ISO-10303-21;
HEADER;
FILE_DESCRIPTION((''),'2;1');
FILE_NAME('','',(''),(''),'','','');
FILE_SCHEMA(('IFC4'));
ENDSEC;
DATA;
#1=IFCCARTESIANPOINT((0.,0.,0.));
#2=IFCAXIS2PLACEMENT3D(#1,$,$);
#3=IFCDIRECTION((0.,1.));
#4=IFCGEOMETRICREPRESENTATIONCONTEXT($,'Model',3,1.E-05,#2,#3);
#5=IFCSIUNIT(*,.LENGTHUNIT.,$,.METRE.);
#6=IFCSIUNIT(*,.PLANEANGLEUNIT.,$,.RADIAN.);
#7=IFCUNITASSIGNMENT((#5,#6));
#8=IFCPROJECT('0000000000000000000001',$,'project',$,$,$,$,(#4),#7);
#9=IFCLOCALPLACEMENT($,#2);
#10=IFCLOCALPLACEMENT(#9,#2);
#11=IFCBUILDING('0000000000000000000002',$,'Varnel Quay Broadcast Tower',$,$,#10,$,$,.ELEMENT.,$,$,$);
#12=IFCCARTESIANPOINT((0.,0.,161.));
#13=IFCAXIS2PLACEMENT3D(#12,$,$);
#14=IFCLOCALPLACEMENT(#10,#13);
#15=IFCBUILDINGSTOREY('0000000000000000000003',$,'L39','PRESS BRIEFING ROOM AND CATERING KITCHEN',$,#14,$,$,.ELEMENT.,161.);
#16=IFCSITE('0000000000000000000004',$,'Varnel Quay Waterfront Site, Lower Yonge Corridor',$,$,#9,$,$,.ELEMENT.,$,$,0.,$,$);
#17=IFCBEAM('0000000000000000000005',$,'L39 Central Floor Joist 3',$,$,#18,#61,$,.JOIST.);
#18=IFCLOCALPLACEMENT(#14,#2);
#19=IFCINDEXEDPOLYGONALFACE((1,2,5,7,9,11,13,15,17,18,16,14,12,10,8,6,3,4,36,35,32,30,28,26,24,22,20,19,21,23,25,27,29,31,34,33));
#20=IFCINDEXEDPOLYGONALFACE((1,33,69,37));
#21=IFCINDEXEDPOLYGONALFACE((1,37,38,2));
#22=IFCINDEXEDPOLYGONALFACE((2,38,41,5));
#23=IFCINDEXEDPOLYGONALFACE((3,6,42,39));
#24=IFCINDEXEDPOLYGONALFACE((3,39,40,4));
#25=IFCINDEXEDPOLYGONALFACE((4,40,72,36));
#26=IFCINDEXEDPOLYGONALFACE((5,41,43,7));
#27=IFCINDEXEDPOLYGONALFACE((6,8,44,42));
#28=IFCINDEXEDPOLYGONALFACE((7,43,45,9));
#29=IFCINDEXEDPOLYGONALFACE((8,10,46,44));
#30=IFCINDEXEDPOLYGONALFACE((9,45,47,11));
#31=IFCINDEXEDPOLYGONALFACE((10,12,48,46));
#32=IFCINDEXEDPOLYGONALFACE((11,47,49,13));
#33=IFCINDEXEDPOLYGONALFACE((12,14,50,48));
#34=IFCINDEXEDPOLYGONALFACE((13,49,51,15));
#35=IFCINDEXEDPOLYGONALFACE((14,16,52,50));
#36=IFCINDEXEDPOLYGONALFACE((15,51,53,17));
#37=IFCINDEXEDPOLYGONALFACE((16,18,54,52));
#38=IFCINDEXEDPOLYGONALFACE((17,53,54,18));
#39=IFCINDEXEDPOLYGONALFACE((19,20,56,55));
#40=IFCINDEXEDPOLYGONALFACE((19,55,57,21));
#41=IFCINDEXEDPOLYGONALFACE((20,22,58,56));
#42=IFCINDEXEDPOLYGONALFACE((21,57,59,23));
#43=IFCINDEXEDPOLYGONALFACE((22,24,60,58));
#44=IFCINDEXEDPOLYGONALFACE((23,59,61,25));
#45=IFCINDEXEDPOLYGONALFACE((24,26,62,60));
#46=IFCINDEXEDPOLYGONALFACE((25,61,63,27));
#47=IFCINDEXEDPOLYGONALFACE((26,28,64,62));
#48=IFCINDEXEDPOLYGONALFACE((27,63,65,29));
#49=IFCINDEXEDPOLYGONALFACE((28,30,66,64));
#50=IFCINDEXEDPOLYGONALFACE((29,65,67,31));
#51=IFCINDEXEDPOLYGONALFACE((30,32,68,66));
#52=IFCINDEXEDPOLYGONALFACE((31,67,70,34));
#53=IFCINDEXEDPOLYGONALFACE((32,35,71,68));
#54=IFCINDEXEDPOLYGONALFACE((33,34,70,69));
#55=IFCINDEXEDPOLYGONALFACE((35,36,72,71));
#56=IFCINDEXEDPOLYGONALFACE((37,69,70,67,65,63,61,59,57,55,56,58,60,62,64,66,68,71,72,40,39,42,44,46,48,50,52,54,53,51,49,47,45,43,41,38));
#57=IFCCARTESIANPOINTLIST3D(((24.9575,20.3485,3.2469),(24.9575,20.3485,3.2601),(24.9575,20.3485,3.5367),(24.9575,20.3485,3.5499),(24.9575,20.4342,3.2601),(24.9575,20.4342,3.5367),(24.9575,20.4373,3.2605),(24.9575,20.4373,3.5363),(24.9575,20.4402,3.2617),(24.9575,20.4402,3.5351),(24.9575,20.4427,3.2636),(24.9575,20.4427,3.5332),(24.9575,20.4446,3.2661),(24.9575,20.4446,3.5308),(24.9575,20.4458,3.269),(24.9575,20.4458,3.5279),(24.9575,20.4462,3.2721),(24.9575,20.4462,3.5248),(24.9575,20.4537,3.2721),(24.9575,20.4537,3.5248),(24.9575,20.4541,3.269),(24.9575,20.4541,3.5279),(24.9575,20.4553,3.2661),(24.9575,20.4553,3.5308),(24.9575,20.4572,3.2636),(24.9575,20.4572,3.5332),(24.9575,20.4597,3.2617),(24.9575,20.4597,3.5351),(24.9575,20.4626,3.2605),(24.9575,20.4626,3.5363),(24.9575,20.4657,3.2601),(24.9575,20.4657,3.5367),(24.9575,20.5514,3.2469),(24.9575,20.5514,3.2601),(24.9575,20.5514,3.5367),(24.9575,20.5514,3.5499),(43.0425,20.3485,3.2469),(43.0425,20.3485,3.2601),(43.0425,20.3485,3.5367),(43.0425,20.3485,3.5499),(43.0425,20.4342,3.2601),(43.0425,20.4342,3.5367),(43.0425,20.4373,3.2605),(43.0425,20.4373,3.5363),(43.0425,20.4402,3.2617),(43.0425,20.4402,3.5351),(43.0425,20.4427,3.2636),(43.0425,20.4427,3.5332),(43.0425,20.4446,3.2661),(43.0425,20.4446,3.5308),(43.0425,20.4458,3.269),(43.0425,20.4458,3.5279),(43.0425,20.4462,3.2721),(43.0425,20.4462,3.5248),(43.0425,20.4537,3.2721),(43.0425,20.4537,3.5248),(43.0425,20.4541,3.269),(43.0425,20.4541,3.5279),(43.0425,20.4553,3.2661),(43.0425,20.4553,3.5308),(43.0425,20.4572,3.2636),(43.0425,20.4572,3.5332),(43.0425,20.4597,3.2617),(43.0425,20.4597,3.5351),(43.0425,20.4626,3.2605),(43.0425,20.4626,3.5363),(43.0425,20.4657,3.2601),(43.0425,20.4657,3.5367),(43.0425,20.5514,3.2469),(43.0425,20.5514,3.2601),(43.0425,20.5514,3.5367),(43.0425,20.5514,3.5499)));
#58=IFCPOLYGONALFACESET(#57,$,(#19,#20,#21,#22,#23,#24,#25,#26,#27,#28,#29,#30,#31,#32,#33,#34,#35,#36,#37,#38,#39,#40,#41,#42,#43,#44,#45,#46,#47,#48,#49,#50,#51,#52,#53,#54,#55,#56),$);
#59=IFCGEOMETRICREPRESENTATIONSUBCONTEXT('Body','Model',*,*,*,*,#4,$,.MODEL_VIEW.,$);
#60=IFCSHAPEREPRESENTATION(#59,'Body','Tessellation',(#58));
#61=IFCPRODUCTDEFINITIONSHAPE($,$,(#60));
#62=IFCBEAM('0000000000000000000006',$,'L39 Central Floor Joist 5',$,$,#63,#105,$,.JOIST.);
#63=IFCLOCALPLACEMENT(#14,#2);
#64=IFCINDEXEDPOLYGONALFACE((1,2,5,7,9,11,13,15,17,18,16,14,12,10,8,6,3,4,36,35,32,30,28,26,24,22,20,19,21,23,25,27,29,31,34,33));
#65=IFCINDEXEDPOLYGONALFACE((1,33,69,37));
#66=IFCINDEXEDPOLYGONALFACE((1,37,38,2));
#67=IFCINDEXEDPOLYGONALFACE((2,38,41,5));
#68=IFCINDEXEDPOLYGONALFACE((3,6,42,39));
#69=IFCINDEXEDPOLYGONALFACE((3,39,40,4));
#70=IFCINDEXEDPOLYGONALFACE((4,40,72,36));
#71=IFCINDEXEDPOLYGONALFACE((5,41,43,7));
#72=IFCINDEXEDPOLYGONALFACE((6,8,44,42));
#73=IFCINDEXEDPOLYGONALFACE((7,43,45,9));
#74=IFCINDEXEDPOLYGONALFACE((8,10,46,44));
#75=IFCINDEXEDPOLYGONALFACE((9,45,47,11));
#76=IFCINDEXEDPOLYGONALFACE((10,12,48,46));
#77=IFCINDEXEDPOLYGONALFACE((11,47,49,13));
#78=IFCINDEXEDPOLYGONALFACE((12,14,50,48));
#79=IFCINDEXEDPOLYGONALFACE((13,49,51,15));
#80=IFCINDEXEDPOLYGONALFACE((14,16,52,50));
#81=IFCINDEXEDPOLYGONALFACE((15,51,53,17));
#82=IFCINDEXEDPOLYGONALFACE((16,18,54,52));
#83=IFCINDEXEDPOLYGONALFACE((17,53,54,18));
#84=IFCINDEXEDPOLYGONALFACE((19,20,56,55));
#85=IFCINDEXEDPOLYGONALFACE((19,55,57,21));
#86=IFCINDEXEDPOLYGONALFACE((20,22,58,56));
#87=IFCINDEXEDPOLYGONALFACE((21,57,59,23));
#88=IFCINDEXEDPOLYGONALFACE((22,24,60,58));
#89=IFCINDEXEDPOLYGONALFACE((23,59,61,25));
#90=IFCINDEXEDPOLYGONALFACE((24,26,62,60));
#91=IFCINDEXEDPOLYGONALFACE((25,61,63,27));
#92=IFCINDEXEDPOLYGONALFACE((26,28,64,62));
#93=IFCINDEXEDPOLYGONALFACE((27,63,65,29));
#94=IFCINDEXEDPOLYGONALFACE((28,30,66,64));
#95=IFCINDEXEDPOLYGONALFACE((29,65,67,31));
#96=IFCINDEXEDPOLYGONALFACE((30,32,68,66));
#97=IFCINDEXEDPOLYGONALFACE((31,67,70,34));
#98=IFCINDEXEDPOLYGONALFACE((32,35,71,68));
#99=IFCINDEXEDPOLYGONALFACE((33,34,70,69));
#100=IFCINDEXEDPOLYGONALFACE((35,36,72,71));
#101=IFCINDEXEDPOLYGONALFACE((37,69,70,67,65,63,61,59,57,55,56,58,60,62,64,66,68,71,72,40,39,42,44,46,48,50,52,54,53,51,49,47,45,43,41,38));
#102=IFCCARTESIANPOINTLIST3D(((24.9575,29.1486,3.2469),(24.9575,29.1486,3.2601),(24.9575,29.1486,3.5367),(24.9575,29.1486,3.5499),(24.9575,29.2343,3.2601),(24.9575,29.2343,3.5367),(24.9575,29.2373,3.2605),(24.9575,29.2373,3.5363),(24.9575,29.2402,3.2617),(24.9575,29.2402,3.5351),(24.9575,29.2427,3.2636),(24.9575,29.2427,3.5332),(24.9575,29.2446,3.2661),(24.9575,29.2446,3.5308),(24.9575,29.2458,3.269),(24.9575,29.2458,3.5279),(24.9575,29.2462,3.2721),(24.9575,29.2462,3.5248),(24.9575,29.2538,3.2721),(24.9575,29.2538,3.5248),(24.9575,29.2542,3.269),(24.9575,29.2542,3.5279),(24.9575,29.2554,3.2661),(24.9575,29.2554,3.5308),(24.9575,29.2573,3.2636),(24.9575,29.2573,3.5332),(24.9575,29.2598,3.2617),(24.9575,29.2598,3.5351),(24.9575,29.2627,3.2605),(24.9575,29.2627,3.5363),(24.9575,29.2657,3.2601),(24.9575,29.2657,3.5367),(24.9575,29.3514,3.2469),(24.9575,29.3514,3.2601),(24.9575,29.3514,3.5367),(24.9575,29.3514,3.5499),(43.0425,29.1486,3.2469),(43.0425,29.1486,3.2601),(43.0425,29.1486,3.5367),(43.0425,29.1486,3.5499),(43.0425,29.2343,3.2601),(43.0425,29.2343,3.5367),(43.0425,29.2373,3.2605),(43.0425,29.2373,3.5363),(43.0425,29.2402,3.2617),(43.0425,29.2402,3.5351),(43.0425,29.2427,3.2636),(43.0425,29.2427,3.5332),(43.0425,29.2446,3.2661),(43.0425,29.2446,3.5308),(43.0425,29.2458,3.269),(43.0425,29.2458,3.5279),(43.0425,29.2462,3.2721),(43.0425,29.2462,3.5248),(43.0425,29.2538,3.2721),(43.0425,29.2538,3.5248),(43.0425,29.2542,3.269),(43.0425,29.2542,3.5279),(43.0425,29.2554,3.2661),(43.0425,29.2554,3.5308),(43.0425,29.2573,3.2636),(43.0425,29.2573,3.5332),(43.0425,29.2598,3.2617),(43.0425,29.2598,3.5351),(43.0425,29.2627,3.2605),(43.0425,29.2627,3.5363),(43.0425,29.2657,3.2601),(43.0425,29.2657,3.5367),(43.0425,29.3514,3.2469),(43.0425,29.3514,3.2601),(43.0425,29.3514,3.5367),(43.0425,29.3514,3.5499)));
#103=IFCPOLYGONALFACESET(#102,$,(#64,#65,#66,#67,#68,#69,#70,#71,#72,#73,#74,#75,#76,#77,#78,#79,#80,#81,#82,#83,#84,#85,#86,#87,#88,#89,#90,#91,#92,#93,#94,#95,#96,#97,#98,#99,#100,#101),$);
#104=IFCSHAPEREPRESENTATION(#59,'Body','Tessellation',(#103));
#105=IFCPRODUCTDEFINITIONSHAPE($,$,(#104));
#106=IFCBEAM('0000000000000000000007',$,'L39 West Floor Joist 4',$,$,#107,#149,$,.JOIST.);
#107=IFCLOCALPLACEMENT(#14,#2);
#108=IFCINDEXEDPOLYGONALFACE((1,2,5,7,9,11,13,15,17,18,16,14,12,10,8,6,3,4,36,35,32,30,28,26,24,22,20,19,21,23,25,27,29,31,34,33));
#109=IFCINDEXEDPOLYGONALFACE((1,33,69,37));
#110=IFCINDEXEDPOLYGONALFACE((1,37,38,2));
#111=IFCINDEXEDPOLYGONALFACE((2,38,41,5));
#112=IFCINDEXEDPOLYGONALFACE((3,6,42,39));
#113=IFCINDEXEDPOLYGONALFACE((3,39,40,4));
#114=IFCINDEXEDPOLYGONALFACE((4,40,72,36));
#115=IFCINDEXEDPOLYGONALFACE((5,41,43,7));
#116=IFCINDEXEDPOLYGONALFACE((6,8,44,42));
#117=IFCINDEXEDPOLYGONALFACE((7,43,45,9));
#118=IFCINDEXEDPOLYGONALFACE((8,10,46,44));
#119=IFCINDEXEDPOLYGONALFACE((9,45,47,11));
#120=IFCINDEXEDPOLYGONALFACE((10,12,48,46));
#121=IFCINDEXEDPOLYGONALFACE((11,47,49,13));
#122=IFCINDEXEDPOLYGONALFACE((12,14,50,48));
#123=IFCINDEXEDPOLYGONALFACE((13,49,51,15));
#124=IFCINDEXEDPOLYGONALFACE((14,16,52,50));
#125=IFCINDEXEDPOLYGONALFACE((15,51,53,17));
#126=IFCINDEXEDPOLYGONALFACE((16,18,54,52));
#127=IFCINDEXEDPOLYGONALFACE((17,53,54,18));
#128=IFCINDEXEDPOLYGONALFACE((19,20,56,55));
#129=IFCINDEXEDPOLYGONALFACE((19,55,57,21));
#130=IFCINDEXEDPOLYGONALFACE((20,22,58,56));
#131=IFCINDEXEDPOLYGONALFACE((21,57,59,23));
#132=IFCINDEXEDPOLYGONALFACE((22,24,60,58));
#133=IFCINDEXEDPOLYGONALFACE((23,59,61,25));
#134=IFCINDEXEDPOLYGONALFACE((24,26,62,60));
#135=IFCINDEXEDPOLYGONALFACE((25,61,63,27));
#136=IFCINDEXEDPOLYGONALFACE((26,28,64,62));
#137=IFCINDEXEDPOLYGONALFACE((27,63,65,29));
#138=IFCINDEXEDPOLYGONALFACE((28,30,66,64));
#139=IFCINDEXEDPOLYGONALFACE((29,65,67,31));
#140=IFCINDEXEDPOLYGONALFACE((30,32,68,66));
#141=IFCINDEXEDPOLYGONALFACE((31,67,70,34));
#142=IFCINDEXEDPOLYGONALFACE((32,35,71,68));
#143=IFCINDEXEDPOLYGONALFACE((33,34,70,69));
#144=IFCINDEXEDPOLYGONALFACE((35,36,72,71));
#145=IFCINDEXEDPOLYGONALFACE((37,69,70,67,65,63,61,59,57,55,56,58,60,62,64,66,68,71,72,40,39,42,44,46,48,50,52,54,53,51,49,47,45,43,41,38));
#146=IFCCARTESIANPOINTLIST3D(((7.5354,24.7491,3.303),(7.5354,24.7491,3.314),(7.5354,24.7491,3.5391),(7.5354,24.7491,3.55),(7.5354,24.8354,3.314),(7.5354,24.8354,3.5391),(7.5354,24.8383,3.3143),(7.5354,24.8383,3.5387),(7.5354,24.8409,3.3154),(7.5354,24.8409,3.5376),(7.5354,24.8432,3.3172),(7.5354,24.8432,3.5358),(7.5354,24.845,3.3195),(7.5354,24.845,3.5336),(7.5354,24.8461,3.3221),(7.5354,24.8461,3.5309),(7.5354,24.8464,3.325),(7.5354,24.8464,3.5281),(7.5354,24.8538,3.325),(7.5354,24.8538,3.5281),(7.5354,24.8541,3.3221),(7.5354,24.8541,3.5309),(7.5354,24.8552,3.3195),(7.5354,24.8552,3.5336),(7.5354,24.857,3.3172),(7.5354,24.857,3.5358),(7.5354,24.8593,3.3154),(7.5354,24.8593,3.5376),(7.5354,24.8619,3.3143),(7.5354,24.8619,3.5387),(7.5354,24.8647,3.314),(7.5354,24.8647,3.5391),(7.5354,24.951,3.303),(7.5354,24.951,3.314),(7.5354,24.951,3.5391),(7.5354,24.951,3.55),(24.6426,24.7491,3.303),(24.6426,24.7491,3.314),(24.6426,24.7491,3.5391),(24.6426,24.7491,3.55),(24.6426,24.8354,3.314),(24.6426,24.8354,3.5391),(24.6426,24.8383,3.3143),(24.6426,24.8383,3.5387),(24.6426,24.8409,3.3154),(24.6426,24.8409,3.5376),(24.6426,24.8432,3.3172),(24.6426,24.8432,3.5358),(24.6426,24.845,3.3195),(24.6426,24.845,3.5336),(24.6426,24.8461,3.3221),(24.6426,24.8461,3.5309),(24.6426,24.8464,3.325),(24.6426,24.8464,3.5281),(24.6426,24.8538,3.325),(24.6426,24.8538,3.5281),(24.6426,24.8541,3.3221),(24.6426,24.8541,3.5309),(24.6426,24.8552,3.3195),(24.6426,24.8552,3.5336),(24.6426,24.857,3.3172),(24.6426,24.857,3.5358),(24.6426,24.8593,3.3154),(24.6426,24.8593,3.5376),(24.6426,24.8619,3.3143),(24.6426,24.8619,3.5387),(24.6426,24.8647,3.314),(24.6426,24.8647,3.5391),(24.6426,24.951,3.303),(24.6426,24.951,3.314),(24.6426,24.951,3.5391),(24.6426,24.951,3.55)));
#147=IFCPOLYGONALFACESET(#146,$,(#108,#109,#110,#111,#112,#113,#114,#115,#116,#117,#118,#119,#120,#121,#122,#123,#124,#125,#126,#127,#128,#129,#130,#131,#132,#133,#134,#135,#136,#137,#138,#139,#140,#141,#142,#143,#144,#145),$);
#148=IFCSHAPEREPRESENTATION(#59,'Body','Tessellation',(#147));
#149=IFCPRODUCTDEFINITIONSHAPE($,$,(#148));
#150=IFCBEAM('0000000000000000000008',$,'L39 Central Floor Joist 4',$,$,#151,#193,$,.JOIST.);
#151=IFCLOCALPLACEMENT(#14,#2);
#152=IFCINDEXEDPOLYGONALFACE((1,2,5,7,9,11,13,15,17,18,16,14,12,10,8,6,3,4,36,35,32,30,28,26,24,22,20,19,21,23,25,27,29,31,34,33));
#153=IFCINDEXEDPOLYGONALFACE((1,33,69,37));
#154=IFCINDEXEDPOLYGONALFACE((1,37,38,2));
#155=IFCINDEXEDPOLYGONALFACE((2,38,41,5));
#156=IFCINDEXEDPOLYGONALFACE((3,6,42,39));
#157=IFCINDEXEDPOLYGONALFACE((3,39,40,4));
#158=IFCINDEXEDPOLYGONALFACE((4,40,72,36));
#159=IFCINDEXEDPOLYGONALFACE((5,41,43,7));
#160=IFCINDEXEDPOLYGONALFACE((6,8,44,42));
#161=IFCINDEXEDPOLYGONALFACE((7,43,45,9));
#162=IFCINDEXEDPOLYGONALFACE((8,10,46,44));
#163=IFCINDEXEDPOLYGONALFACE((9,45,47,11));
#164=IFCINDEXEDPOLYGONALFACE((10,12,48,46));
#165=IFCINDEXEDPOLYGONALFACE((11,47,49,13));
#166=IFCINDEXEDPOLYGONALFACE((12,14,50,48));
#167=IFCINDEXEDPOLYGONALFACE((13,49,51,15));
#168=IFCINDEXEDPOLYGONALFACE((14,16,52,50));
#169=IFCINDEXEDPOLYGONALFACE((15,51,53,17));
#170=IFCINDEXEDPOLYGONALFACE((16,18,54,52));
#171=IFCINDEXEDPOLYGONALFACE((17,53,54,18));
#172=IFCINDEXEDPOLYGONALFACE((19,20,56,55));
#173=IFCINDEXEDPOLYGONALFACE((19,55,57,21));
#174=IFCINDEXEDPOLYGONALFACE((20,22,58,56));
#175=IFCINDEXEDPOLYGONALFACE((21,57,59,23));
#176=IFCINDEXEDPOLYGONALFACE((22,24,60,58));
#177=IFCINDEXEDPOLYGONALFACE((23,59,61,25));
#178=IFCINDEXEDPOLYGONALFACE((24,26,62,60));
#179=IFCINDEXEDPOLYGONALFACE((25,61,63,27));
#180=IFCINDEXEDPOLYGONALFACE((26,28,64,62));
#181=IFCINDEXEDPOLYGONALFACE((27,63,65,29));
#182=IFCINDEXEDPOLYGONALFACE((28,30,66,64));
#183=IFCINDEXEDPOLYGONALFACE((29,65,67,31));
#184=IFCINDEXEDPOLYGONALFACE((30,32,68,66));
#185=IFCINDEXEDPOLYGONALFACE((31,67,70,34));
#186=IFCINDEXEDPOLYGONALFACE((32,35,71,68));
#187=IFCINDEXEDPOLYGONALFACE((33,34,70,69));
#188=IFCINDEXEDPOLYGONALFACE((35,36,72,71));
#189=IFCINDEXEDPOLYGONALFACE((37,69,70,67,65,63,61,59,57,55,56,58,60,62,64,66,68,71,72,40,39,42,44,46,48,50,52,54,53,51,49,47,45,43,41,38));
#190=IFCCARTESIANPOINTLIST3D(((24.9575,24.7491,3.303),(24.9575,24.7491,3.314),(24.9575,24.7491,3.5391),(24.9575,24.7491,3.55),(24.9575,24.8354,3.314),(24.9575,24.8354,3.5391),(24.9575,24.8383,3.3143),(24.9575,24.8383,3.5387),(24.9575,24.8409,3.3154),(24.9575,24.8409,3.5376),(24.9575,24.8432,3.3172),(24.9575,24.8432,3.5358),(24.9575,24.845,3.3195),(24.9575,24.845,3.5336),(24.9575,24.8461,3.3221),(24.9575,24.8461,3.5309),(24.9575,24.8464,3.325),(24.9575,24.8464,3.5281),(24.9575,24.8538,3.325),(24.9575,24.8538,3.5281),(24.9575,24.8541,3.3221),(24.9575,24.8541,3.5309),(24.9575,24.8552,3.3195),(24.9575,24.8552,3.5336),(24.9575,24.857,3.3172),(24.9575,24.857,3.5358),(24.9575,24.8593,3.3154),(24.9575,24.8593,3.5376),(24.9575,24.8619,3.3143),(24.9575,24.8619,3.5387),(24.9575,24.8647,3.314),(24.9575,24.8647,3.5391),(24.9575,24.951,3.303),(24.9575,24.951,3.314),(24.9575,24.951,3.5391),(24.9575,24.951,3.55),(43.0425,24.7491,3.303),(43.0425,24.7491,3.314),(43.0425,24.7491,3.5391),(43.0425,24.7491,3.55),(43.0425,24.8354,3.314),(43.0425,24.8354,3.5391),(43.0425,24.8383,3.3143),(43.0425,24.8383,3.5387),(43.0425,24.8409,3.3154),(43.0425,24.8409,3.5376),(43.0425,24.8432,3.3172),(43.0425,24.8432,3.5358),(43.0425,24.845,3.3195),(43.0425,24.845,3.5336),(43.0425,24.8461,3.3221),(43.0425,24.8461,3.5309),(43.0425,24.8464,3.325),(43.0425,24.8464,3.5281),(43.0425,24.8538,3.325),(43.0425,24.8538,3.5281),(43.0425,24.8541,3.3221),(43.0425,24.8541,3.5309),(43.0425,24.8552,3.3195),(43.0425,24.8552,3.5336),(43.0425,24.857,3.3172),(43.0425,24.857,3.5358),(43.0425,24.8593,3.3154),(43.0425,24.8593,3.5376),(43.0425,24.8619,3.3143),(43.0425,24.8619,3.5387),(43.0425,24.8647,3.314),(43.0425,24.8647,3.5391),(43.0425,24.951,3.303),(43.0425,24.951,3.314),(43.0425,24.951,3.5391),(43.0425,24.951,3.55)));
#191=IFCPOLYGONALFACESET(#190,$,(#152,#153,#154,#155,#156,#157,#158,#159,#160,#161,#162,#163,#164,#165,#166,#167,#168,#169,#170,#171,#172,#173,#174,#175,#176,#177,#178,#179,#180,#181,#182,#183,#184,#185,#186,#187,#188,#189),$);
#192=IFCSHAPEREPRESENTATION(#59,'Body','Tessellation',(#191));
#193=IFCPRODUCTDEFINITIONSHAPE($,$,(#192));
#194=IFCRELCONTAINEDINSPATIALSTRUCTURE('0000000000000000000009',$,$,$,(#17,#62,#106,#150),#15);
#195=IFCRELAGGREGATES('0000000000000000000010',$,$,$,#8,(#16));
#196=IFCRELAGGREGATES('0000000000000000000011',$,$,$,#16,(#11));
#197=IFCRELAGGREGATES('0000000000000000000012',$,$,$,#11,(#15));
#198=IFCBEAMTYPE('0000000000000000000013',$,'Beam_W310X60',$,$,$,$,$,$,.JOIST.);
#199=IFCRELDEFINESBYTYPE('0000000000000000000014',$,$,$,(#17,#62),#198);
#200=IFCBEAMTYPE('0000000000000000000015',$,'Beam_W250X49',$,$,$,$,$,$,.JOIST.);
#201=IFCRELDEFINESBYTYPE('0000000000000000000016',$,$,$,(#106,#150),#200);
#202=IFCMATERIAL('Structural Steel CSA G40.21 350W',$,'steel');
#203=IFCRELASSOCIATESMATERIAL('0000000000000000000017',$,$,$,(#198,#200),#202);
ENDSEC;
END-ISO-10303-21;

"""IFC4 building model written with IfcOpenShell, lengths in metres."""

from ifc_helpers import new_model, si_unit, direction, frame, origin, origin_2d, place, context, subcontext, project, spatial, i_section, extrude, source, transform, mapped, material, material_profile, profile_set, type_object, type_shapes, element, save


model = new_model("IFC4")

# Units and contexts
model_context = context("Model", 3, precision=1e-05, world=origin(), true_north=direction((0.0, 1.0)))
body_context = subcontext(model_context, "Body", "Model", "MODEL_VIEW")
ifc_project = project(units=[si_unit("LENGTHUNIT", "METRE"), si_unit("PLANEANGLEUNIT", "RADIAN")], contexts=[model_context])

# Site, building, storey
site_placement = place(None, origin())
site = spatial("IfcSite", under=ifc_project, at=site_placement, Name="Varnel Quay Waterfront Site, Lower Yonge Corridor", CompositionType="ELEMENT", RefElevation=0.0)
building_placement = place(site_placement, origin())
building = spatial("IfcBuilding", under=site, at=building_placement, Name="Varnel Quay Broadcast Tower", CompositionType="ELEMENT")
storey_placement = place(building_placement, frame((0.0, 0.0, 161.0)))
storey = spatial("IfcBuildingStorey", under=building, at=storey_placement, Name="L39", Description="PRESS BRIEFING ROOM AND CATERING KITCHEN", CompositionType="ELEMENT", Elevation=161.0)

# Beams
ifc_material_1 = material(Name="Structural Steel CSA G40.21 350W", Category="steel")
ifc_material_profile_1 = material_profile(ifc_material_1, i_section(OverallWidth=0.2029, OverallDepth=0.303, WebThickness=0.0076, FlangeThickness=0.0132, FilletRadius=0.012, at=origin_2d()), Name="W310X60")
ifc_profile_set_1 = profile_set([ifc_material_profile_1], Name="Structural Steel CSA G40.21 350W")
beam_type_1 = type_object("IfcBeamType", Name="Beam_W310X60", PredefinedType="JOIST", material=ifc_profile_set_1)
shared_shape_1 = source(origin(), body_context, "Body", "SweptSolid", [
    extrude(i_section(OverallWidth=0.2029, OverallDepth=0.303, WebThickness=0.0076, FlangeThickness=0.0132, FilletRadius=0.012, at=origin_2d()), origin(), (0.0, 0.0, 1.0), 18.085),
])
for number, where, z_axis, x_axis, name in (
    (1, (24.9575, 20.45, 3.3984), (1.0, 0.0, 0.0), (0.0, 1.0, 0.0), "L39 Central Floor Joist 3"),
    (2, (24.9575, 29.25, 3.3984), (1.0, 0.0, 0.0), (0.0, 1.0, 0.0), "L39 Central Floor Joist 5"),
):
    element("IfcBeam", number, at=place(storey_placement, frame(where, z_axis=z_axis, x_axis=x_axis)), inside=storey, type_object=beam_type_1, Name=name, PredefinedType="JOIST", context=body_context, shape_type="MappedRepresentation", body=[
        mapped(shared_shape_1, transform((0.0, 0.0, 0.0), x_axis=(1.0, 0.0, 0.0), y_axis=(0.0, 1.0, 0.0), z_axis=(0.0, 0.0, 1.0), scale=1.0)),
    ])
ifc_material_profile_2 = material_profile(ifc_material_1, i_section(OverallWidth=0.2019, OverallDepth=0.2471, WebThickness=0.0073, FlangeThickness=0.011, FilletRadius=0.011, at=origin_2d()), Name="W250X49")
ifc_profile_set_2 = profile_set([ifc_material_profile_2], Name="Structural Steel CSA G40.21 350W")
beam_type_2 = type_object("IfcBeamType", Name="Beam_W250X49", PredefinedType="JOIST", material=ifc_profile_set_2)
shared_shape_2 = source(origin(), body_context, "Body", "SweptSolid", [
    extrude(i_section(OverallWidth=0.2019, OverallDepth=0.2471, WebThickness=0.0073, FlangeThickness=0.011, FilletRadius=0.011, at=origin_2d()), origin(), (0.0, 0.0, 1.0), 17.1072),
])
beam_1_placement = place(storey_placement, frame((7.5354, 24.8501, 3.4265), z_axis=(1.0, 0.0, 0.0), x_axis=(0.0, 1.0, 0.0)))
element("IfcBeam", 3, at=beam_1_placement, inside=storey, type_object=beam_type_2, Name="L39 West Floor Joist 4", PredefinedType="JOIST", context=body_context, shape_type="MappedRepresentation", body=[
    mapped(shared_shape_2, transform((0.0, 0.0, 0.0), x_axis=(1.0, 0.0, 0.0), y_axis=(0.0, 1.0, 0.0), z_axis=(0.0, 0.0, 1.0), scale=1.0)),
])
shared_shape_3 = source(origin(), body_context, "Body", "SweptSolid", [
    extrude(i_section(OverallWidth=0.2019, OverallDepth=0.2471, WebThickness=0.0073, FlangeThickness=0.011, FilletRadius=0.011, at=origin_2d()), origin(), (0.0, 0.0, 1.0), 18.085),
])
type_shapes(beam_type_2, [shared_shape_2, shared_shape_3])
beam_2_placement = place(storey_placement, frame((24.9575, 24.8501, 3.4265), z_axis=(1.0, 0.0, 0.0), x_axis=(0.0, 1.0, 0.0)))
element("IfcBeam", 4, at=beam_2_placement, inside=storey, type_object=beam_type_2, Name="L39 Central Floor Joist 4", PredefinedType="JOIST", context=body_context, shape_type="MappedRepresentation", body=[
    mapped(shared_shape_3, transform((0.0, 0.0, 0.0), x_axis=(1.0, 0.0, 0.0), y_axis=(0.0, 1.0, 0.0), z_axis=(0.0, 0.0, 1.0), scale=1.0)),
])

save(model, "model.ifc")
